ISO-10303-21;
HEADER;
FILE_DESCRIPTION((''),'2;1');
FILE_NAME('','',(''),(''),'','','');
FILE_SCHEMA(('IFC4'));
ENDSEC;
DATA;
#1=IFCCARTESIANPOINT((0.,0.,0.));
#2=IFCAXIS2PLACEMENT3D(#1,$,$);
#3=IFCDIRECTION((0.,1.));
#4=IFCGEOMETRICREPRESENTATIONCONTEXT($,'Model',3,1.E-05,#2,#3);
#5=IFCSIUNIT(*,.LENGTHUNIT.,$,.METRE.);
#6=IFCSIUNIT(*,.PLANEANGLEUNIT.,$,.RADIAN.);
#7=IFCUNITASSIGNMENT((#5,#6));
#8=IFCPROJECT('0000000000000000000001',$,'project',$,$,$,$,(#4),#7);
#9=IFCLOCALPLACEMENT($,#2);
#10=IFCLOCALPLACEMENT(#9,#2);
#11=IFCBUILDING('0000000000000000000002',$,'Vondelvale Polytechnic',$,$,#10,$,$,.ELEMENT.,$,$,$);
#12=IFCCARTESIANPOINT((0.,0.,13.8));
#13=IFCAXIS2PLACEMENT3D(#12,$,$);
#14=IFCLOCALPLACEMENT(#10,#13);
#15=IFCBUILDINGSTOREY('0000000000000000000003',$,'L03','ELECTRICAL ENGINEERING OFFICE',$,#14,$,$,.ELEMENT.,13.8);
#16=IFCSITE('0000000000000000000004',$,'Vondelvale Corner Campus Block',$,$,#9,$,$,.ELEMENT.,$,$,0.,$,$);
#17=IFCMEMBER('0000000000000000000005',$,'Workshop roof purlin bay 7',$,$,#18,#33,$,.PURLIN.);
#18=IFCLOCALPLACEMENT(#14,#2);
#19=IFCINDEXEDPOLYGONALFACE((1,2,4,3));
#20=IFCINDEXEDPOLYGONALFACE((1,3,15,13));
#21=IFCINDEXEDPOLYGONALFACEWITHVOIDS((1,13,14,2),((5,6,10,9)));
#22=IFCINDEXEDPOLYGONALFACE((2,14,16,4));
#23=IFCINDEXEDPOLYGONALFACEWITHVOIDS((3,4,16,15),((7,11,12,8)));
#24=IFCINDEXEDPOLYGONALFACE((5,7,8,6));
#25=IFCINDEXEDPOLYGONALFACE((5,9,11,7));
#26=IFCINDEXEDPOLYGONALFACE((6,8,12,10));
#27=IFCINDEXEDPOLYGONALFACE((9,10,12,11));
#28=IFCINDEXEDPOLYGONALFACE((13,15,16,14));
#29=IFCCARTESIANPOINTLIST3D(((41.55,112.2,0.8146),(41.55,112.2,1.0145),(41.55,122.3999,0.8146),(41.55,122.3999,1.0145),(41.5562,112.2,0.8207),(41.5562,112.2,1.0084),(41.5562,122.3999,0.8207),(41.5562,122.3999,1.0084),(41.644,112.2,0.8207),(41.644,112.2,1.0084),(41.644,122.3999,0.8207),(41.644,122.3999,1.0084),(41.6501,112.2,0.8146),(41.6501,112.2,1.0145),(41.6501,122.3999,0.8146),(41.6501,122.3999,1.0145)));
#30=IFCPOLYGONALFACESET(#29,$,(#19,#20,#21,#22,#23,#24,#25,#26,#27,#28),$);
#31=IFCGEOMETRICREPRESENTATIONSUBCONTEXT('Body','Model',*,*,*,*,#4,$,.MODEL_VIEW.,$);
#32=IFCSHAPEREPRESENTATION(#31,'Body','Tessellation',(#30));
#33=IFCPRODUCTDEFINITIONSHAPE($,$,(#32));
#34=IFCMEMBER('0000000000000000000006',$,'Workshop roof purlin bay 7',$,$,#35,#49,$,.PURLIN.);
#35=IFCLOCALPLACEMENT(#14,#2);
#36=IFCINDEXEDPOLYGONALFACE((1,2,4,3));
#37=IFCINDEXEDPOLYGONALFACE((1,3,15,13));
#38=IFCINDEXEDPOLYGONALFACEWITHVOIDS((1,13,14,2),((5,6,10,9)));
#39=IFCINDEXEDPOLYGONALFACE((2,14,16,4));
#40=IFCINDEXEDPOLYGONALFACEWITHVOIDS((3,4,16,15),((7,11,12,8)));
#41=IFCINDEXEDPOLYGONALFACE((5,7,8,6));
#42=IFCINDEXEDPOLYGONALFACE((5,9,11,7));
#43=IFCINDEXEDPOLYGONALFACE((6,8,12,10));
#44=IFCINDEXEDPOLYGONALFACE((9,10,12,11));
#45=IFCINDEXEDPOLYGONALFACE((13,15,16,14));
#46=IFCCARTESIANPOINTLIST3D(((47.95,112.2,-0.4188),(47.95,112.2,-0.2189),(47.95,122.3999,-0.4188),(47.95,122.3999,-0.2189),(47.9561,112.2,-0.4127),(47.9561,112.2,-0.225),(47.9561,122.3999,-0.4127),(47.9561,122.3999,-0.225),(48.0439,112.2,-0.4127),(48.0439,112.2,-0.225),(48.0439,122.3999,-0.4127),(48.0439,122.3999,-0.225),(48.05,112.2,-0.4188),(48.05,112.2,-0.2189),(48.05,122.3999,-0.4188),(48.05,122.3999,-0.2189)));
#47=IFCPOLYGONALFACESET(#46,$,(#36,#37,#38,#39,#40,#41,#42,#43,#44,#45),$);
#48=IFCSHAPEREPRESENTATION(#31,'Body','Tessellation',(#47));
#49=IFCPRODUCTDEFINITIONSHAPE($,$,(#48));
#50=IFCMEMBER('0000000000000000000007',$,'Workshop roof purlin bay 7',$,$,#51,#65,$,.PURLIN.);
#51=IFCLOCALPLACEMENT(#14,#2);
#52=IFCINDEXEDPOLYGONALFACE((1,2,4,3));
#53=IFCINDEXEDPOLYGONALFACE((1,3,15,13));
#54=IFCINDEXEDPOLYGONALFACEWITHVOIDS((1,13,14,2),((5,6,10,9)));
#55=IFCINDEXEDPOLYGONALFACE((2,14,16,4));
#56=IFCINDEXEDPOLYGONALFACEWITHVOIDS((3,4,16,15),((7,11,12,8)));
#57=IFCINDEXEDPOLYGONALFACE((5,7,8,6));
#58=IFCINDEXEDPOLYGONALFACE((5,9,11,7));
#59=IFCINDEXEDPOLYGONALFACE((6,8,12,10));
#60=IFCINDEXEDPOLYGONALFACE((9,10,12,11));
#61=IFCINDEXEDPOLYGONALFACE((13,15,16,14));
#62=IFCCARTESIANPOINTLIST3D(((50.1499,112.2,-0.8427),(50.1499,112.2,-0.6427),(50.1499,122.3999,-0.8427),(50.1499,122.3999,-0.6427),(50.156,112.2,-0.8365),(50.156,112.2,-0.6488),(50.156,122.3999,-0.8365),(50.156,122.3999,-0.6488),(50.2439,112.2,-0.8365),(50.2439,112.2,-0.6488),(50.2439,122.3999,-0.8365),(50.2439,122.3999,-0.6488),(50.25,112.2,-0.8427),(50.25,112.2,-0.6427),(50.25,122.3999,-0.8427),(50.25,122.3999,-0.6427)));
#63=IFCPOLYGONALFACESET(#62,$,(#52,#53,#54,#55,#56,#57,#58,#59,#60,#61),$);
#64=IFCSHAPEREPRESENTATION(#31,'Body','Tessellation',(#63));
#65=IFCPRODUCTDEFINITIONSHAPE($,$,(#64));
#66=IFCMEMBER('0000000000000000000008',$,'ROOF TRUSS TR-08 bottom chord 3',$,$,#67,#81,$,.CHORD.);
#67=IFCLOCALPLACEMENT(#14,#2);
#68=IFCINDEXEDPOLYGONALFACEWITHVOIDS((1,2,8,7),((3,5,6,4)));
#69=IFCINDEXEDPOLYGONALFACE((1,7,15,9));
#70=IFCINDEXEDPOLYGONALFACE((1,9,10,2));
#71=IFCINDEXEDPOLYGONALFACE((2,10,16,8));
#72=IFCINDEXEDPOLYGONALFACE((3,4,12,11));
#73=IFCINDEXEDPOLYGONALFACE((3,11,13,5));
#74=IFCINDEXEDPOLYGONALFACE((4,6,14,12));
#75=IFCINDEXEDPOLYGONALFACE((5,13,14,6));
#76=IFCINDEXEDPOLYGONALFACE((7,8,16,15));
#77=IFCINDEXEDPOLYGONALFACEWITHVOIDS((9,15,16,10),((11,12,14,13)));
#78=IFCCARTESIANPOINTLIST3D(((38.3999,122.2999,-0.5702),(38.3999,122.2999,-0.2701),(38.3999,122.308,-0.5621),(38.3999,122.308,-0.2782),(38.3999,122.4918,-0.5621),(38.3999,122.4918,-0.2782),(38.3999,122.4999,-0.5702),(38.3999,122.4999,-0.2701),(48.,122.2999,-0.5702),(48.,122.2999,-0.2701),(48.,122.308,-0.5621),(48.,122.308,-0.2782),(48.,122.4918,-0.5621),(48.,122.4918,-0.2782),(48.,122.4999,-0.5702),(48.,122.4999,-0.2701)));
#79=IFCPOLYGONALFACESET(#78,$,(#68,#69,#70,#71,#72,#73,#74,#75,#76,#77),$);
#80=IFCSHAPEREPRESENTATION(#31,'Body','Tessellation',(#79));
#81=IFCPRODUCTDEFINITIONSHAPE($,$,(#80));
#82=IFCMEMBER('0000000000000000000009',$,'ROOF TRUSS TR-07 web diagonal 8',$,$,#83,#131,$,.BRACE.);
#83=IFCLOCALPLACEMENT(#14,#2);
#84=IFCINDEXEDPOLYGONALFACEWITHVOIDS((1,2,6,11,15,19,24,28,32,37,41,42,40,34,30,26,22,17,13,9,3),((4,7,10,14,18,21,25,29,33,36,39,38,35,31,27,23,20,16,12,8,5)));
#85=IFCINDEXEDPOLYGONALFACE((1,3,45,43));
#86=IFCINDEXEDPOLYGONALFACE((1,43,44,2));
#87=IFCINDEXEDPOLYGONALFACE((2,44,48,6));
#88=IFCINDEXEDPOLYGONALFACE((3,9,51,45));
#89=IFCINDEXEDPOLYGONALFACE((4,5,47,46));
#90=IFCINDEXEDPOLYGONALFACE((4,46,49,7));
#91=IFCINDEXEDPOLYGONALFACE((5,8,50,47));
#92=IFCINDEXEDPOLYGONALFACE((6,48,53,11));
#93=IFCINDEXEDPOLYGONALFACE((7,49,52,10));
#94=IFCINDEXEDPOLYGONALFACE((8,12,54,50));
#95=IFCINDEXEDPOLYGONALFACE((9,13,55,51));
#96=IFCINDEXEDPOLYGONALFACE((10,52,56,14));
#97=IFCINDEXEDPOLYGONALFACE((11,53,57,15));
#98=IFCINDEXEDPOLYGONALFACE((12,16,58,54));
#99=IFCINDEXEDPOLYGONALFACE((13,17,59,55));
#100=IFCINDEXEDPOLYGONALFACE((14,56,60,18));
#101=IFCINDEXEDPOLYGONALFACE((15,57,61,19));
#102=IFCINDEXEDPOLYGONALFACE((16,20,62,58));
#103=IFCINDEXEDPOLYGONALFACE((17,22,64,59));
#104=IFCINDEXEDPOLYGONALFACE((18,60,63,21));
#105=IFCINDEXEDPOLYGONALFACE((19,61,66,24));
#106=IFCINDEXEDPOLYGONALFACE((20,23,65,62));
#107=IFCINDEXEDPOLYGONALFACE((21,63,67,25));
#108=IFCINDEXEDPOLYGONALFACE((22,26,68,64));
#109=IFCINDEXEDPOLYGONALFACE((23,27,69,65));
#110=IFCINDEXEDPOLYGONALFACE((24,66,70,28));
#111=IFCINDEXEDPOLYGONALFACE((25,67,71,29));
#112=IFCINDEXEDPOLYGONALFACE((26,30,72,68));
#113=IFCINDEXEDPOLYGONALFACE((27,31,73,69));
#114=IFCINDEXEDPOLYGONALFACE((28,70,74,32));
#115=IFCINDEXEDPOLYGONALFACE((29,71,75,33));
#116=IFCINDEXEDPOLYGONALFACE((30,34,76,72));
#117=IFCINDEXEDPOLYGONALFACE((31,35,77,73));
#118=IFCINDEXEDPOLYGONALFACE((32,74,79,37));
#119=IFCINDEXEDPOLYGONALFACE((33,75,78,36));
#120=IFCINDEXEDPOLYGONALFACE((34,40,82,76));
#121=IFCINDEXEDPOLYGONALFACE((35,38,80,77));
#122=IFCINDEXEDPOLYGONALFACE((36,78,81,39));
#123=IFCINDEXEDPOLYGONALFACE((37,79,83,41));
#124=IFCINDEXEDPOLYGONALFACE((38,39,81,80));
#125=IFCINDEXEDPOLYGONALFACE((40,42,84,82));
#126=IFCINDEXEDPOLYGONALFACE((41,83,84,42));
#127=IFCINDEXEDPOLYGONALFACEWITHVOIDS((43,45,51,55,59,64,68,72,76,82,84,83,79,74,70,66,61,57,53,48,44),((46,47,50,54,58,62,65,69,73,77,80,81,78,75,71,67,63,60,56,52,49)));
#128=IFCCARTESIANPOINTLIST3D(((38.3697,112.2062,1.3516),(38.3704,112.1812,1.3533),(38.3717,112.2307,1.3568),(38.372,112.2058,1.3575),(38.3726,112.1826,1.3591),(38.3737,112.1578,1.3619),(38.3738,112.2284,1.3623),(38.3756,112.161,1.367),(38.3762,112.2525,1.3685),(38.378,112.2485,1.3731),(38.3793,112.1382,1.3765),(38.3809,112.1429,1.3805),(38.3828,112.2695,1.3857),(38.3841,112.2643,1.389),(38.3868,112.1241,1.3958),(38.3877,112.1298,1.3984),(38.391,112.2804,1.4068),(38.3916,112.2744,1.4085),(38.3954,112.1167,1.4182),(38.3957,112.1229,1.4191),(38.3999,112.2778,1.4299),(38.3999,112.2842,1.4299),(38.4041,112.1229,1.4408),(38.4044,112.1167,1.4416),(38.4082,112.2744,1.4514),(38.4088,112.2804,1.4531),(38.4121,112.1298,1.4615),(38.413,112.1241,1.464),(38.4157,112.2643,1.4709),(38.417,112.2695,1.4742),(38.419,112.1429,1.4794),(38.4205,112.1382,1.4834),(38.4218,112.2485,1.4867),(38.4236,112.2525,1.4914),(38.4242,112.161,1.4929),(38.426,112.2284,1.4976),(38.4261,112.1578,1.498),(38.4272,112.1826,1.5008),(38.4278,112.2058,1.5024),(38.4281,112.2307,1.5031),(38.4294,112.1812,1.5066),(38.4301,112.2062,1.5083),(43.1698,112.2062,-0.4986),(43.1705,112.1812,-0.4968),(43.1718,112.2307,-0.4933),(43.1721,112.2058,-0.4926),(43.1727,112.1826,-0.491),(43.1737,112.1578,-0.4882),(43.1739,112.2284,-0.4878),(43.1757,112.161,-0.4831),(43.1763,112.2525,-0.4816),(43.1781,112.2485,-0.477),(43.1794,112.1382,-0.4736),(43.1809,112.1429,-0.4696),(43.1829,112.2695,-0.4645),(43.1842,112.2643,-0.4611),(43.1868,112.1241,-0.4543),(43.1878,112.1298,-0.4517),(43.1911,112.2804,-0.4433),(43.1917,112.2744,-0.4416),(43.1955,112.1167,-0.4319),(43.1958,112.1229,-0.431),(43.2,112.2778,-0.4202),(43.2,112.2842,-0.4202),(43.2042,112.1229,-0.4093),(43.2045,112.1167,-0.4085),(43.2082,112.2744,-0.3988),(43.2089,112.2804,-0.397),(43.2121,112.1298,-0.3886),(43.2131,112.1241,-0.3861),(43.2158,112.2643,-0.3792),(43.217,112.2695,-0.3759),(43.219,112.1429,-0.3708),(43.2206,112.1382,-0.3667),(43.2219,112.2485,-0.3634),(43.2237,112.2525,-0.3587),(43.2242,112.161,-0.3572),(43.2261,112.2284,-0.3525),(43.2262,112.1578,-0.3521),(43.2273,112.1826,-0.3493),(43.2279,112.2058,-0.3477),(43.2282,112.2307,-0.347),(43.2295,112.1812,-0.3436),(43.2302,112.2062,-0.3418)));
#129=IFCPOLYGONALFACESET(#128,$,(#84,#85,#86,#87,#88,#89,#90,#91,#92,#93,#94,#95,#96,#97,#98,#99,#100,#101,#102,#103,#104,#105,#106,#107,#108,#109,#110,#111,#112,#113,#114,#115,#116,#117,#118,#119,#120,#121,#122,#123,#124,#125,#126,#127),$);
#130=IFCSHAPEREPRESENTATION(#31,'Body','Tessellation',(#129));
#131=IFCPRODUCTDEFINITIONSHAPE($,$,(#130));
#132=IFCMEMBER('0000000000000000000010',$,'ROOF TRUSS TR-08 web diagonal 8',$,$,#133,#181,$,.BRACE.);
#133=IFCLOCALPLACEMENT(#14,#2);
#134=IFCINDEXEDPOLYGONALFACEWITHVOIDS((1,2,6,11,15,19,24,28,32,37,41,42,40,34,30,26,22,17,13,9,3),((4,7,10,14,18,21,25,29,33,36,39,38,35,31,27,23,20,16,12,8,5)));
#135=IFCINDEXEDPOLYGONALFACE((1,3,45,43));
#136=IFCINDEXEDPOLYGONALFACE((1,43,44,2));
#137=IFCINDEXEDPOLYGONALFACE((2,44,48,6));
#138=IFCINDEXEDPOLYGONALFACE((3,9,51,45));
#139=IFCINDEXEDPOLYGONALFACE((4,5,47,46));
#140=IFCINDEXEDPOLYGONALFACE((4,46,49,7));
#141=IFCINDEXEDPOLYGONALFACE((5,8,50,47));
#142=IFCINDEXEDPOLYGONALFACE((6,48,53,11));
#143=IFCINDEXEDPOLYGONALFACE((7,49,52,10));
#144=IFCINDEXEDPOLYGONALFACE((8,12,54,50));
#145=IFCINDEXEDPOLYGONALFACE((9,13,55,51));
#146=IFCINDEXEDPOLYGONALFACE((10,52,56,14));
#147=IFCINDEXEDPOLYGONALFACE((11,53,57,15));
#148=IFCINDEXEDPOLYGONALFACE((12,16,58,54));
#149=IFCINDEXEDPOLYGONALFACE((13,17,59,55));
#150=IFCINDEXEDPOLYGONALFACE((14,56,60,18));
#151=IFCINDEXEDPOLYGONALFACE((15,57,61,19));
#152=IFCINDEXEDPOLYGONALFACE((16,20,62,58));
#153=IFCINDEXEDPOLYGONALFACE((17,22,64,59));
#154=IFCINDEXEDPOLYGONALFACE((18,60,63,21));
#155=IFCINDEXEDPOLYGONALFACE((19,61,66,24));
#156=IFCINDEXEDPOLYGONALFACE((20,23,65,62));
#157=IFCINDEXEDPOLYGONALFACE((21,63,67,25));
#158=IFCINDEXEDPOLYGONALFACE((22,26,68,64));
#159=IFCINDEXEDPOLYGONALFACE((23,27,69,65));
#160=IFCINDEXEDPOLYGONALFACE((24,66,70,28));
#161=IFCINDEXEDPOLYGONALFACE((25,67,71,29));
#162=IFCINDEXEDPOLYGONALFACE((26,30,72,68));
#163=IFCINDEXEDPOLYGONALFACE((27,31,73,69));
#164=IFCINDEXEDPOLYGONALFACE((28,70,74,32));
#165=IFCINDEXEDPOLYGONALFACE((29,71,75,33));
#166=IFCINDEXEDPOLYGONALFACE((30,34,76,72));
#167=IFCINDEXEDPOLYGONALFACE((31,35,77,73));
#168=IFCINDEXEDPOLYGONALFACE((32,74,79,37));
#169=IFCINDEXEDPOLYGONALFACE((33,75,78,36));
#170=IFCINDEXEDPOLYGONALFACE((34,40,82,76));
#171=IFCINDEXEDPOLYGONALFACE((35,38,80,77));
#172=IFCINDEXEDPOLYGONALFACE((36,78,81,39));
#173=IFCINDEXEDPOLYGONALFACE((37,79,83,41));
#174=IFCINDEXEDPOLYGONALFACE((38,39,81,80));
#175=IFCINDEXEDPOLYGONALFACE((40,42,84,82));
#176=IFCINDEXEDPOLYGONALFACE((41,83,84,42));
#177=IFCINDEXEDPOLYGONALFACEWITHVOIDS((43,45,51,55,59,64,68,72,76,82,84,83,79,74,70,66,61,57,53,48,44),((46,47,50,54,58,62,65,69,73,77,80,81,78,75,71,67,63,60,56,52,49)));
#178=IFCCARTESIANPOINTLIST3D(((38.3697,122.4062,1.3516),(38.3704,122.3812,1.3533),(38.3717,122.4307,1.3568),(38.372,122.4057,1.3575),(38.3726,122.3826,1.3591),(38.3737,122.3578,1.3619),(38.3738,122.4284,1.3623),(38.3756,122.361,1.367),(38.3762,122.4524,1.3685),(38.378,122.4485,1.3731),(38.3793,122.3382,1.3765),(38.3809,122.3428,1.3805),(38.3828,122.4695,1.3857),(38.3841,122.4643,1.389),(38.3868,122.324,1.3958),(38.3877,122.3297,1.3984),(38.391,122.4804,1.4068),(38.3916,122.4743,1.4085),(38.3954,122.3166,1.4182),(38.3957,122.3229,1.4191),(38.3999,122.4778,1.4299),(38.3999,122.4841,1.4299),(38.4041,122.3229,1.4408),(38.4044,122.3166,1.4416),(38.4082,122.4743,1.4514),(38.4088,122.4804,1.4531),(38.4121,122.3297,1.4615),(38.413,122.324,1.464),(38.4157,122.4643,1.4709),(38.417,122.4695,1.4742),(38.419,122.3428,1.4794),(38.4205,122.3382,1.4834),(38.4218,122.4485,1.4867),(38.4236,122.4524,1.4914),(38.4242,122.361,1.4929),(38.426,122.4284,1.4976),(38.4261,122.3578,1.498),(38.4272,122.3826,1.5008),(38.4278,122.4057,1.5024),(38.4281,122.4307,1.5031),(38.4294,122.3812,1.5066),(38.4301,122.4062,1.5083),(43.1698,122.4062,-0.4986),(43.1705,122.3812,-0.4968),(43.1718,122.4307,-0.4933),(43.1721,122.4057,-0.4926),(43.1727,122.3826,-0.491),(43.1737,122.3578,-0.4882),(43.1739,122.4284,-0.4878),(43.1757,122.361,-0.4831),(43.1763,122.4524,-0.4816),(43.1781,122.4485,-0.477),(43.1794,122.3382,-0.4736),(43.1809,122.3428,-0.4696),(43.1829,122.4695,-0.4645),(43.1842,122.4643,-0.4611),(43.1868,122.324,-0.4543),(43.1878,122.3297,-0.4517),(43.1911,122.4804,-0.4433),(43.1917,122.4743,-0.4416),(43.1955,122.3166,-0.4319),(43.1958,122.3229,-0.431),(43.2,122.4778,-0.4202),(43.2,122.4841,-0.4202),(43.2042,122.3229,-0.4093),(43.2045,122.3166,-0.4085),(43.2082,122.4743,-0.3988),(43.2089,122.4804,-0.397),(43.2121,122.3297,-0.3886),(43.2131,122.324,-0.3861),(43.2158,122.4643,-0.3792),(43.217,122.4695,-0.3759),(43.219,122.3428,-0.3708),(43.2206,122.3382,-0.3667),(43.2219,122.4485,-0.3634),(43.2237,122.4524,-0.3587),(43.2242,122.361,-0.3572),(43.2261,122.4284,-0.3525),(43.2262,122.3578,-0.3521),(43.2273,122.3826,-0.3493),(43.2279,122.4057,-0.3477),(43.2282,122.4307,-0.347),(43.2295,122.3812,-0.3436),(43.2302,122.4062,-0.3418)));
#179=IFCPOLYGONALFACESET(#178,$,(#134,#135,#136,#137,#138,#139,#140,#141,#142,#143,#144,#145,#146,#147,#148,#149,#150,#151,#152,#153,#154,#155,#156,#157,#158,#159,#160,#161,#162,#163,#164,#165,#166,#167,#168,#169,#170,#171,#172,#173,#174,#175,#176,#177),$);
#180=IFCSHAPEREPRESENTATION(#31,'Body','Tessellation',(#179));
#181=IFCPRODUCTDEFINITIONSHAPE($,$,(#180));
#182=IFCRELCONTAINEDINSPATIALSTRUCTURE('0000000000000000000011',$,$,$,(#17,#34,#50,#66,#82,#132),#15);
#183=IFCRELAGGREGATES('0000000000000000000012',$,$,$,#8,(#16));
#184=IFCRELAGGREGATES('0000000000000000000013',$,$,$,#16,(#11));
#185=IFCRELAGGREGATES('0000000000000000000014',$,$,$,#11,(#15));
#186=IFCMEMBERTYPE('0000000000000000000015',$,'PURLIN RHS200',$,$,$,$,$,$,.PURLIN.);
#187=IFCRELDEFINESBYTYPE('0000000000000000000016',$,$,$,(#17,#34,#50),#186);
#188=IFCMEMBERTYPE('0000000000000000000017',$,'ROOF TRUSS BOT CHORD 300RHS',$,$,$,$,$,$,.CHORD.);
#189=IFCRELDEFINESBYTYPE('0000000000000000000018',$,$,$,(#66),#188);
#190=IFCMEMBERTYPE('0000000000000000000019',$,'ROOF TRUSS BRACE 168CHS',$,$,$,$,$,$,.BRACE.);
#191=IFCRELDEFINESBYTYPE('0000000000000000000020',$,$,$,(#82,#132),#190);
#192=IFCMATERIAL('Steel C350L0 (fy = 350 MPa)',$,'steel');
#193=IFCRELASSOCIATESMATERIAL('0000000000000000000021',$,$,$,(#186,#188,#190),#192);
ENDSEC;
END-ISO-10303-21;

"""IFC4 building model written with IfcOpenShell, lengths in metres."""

from ifc_helpers import new_model, si_unit, direction, frame, origin, origin_2d, place, context, subcontext, project, spatial, hollow_rectangle, hollow_circle, extrude, material, material_profile, profile_set, type_object, element, save


model = new_model("IFC4")

# Units and contexts
model_context = context("Model", 3, precision=1e-05, world=origin(), true_north=direction((0.0, 1.0)))
body_context = subcontext(model_context, "Body", "Model", "MODEL_VIEW")
ifc_project = project(units=[si_unit("LENGTHUNIT", "METRE"), si_unit("PLANEANGLEUNIT", "RADIAN")], contexts=[model_context])

# Site, building, storey
site_placement = place(None, origin())
site = spatial("IfcSite", under=ifc_project, at=site_placement, Name="Vondelvale Corner Campus Block", CompositionType="ELEMENT", RefElevation=0.0)
building_placement = place(site_placement, origin())
building = spatial("IfcBuilding", under=site, at=building_placement, Name="Vondelvale Polytechnic", CompositionType="ELEMENT")
storey_placement = place(building_placement, frame((0.0, 0.0, 13.8)))
storey = spatial("IfcBuildingStorey", under=building, at=storey_placement, Name="L03", Description="ELECTRICAL ENGINEERING OFFICE", CompositionType="ELEMENT", Elevation=13.8)

# Members
ifc_material_1 = material(Name="Steel C350L0 (fy = 350 MPa)", Category="steel")
ifc_material_profile_1 = material_profile(ifc_material_1, hollow_rectangle(XDim=0.1001, YDim=0.2, WallThickness=0.0061, at=origin_2d()), Name="200x100x6.0RHS")
ifc_profile_set_1 = profile_set([ifc_material_profile_1], Name="Steel C350L0 (fy = 350 MPa)")
member_type_1 = type_object("IfcMemberType", Name="PURLIN RHS200", PredefinedType="PURLIN", material=ifc_profile_set_1)
for number, where, z_axis, x_axis, name in (
    (1, (41.6001, 112.2, 0.9146), (0.0, 1.0, 0.0), (-1.0, 0.0, 0.0), "Workshop roof purlin bay 7"),
    (2, (48.0, 112.2, -0.3188), (0.0, 1.0, 0.0), (-1.0, 0.0, 0.0), "Workshop roof purlin bay 7"),
    (3, (50.2, 112.2, -0.7427), (0.0, 1.0, 0.0), (-1.0, 0.0, 0.0), "Workshop roof purlin bay 7"),
):
    element("IfcMember", number, at=place(storey_placement, frame(where, z_axis=z_axis, x_axis=x_axis)), inside=storey, type_object=member_type_1, Name=name, PredefinedType="PURLIN", context=body_context, shape_type="SweptSolid", body=[
        extrude(hollow_rectangle(XDim=0.1001, YDim=0.2, WallThickness=0.0061, at=origin_2d()), origin(), (0.0, 0.0, 1.0), 10.2),
    ])
ifc_material_profile_2 = material_profile(ifc_material_1, hollow_rectangle(XDim=0.2, YDim=0.3, WallThickness=0.0081, at=origin_2d()), Name="300x200x8.0RHS")
ifc_profile_set_2 = profile_set([ifc_material_profile_2], Name="Steel C350L0 (fy = 350 MPa)")
member_type_2 = type_object("IfcMemberType", Name="ROOF TRUSS BOT CHORD 300RHS", PredefinedType="CHORD", material=ifc_profile_set_2)
member_1_placement = place(storey_placement, frame((38.3999, 122.3999, -0.4202), z_axis=(1.0, 0.0, 0.0), x_axis=(0.0, 1.0, 0.0)))
element("IfcMember", 4, at=member_1_placement, inside=storey, type_object=member_type_2, Name="ROOF TRUSS TR-08 bottom chord 3", PredefinedType="CHORD", context=body_context, shape_type="SweptSolid", body=[
    extrude(hollow_rectangle(XDim=0.2, YDim=0.3, WallThickness=0.0081, at=origin_2d()), origin(), (0.0, 0.0, 1.0), 9.6001),
])
ifc_material_profile_3 = material_profile(ifc_material_1, hollow_circle(Radius=0.0842, WallThickness=0.0063, at=origin_2d()), Name="168.3x6.4CHS")
ifc_profile_set_3 = profile_set([ifc_material_profile_3], Name="Steel C350L0 (fy = 350 MPa)")
member_type_3 = type_object("IfcMemberType", Name="ROOF TRUSS BRACE 168CHS", PredefinedType="BRACE", material=ifc_profile_set_3)
for number, where, z_axis, x_axis, name in (
    (5, (38.3999, 112.2, 1.4299), (0.93309, 0.0, -0.359644), (0.0, 1.0, 0.0), "ROOF TRUSS TR-07 web diagonal 8"),
    (6, (38.3999, 122.3999, 1.4299), (0.93309, 0.0, -0.359644), (0.0, 1.0, 0.0), "ROOF TRUSS TR-08 web diagonal 8"),
):
    element("IfcMember", number, at=place(storey_placement, frame(where, z_axis=z_axis, x_axis=x_axis)), inside=storey, type_object=member_type_3, Name=name, PredefinedType="BRACE", context=body_context, shape_type="SweptSolid", body=[
        extrude(hollow_circle(Radius=0.0842, WallThickness=0.0063, at=origin_2d()), origin(), (0.0, 0.0, 1.0), 5.1443),
    ])

save(model, "model.ifc")
